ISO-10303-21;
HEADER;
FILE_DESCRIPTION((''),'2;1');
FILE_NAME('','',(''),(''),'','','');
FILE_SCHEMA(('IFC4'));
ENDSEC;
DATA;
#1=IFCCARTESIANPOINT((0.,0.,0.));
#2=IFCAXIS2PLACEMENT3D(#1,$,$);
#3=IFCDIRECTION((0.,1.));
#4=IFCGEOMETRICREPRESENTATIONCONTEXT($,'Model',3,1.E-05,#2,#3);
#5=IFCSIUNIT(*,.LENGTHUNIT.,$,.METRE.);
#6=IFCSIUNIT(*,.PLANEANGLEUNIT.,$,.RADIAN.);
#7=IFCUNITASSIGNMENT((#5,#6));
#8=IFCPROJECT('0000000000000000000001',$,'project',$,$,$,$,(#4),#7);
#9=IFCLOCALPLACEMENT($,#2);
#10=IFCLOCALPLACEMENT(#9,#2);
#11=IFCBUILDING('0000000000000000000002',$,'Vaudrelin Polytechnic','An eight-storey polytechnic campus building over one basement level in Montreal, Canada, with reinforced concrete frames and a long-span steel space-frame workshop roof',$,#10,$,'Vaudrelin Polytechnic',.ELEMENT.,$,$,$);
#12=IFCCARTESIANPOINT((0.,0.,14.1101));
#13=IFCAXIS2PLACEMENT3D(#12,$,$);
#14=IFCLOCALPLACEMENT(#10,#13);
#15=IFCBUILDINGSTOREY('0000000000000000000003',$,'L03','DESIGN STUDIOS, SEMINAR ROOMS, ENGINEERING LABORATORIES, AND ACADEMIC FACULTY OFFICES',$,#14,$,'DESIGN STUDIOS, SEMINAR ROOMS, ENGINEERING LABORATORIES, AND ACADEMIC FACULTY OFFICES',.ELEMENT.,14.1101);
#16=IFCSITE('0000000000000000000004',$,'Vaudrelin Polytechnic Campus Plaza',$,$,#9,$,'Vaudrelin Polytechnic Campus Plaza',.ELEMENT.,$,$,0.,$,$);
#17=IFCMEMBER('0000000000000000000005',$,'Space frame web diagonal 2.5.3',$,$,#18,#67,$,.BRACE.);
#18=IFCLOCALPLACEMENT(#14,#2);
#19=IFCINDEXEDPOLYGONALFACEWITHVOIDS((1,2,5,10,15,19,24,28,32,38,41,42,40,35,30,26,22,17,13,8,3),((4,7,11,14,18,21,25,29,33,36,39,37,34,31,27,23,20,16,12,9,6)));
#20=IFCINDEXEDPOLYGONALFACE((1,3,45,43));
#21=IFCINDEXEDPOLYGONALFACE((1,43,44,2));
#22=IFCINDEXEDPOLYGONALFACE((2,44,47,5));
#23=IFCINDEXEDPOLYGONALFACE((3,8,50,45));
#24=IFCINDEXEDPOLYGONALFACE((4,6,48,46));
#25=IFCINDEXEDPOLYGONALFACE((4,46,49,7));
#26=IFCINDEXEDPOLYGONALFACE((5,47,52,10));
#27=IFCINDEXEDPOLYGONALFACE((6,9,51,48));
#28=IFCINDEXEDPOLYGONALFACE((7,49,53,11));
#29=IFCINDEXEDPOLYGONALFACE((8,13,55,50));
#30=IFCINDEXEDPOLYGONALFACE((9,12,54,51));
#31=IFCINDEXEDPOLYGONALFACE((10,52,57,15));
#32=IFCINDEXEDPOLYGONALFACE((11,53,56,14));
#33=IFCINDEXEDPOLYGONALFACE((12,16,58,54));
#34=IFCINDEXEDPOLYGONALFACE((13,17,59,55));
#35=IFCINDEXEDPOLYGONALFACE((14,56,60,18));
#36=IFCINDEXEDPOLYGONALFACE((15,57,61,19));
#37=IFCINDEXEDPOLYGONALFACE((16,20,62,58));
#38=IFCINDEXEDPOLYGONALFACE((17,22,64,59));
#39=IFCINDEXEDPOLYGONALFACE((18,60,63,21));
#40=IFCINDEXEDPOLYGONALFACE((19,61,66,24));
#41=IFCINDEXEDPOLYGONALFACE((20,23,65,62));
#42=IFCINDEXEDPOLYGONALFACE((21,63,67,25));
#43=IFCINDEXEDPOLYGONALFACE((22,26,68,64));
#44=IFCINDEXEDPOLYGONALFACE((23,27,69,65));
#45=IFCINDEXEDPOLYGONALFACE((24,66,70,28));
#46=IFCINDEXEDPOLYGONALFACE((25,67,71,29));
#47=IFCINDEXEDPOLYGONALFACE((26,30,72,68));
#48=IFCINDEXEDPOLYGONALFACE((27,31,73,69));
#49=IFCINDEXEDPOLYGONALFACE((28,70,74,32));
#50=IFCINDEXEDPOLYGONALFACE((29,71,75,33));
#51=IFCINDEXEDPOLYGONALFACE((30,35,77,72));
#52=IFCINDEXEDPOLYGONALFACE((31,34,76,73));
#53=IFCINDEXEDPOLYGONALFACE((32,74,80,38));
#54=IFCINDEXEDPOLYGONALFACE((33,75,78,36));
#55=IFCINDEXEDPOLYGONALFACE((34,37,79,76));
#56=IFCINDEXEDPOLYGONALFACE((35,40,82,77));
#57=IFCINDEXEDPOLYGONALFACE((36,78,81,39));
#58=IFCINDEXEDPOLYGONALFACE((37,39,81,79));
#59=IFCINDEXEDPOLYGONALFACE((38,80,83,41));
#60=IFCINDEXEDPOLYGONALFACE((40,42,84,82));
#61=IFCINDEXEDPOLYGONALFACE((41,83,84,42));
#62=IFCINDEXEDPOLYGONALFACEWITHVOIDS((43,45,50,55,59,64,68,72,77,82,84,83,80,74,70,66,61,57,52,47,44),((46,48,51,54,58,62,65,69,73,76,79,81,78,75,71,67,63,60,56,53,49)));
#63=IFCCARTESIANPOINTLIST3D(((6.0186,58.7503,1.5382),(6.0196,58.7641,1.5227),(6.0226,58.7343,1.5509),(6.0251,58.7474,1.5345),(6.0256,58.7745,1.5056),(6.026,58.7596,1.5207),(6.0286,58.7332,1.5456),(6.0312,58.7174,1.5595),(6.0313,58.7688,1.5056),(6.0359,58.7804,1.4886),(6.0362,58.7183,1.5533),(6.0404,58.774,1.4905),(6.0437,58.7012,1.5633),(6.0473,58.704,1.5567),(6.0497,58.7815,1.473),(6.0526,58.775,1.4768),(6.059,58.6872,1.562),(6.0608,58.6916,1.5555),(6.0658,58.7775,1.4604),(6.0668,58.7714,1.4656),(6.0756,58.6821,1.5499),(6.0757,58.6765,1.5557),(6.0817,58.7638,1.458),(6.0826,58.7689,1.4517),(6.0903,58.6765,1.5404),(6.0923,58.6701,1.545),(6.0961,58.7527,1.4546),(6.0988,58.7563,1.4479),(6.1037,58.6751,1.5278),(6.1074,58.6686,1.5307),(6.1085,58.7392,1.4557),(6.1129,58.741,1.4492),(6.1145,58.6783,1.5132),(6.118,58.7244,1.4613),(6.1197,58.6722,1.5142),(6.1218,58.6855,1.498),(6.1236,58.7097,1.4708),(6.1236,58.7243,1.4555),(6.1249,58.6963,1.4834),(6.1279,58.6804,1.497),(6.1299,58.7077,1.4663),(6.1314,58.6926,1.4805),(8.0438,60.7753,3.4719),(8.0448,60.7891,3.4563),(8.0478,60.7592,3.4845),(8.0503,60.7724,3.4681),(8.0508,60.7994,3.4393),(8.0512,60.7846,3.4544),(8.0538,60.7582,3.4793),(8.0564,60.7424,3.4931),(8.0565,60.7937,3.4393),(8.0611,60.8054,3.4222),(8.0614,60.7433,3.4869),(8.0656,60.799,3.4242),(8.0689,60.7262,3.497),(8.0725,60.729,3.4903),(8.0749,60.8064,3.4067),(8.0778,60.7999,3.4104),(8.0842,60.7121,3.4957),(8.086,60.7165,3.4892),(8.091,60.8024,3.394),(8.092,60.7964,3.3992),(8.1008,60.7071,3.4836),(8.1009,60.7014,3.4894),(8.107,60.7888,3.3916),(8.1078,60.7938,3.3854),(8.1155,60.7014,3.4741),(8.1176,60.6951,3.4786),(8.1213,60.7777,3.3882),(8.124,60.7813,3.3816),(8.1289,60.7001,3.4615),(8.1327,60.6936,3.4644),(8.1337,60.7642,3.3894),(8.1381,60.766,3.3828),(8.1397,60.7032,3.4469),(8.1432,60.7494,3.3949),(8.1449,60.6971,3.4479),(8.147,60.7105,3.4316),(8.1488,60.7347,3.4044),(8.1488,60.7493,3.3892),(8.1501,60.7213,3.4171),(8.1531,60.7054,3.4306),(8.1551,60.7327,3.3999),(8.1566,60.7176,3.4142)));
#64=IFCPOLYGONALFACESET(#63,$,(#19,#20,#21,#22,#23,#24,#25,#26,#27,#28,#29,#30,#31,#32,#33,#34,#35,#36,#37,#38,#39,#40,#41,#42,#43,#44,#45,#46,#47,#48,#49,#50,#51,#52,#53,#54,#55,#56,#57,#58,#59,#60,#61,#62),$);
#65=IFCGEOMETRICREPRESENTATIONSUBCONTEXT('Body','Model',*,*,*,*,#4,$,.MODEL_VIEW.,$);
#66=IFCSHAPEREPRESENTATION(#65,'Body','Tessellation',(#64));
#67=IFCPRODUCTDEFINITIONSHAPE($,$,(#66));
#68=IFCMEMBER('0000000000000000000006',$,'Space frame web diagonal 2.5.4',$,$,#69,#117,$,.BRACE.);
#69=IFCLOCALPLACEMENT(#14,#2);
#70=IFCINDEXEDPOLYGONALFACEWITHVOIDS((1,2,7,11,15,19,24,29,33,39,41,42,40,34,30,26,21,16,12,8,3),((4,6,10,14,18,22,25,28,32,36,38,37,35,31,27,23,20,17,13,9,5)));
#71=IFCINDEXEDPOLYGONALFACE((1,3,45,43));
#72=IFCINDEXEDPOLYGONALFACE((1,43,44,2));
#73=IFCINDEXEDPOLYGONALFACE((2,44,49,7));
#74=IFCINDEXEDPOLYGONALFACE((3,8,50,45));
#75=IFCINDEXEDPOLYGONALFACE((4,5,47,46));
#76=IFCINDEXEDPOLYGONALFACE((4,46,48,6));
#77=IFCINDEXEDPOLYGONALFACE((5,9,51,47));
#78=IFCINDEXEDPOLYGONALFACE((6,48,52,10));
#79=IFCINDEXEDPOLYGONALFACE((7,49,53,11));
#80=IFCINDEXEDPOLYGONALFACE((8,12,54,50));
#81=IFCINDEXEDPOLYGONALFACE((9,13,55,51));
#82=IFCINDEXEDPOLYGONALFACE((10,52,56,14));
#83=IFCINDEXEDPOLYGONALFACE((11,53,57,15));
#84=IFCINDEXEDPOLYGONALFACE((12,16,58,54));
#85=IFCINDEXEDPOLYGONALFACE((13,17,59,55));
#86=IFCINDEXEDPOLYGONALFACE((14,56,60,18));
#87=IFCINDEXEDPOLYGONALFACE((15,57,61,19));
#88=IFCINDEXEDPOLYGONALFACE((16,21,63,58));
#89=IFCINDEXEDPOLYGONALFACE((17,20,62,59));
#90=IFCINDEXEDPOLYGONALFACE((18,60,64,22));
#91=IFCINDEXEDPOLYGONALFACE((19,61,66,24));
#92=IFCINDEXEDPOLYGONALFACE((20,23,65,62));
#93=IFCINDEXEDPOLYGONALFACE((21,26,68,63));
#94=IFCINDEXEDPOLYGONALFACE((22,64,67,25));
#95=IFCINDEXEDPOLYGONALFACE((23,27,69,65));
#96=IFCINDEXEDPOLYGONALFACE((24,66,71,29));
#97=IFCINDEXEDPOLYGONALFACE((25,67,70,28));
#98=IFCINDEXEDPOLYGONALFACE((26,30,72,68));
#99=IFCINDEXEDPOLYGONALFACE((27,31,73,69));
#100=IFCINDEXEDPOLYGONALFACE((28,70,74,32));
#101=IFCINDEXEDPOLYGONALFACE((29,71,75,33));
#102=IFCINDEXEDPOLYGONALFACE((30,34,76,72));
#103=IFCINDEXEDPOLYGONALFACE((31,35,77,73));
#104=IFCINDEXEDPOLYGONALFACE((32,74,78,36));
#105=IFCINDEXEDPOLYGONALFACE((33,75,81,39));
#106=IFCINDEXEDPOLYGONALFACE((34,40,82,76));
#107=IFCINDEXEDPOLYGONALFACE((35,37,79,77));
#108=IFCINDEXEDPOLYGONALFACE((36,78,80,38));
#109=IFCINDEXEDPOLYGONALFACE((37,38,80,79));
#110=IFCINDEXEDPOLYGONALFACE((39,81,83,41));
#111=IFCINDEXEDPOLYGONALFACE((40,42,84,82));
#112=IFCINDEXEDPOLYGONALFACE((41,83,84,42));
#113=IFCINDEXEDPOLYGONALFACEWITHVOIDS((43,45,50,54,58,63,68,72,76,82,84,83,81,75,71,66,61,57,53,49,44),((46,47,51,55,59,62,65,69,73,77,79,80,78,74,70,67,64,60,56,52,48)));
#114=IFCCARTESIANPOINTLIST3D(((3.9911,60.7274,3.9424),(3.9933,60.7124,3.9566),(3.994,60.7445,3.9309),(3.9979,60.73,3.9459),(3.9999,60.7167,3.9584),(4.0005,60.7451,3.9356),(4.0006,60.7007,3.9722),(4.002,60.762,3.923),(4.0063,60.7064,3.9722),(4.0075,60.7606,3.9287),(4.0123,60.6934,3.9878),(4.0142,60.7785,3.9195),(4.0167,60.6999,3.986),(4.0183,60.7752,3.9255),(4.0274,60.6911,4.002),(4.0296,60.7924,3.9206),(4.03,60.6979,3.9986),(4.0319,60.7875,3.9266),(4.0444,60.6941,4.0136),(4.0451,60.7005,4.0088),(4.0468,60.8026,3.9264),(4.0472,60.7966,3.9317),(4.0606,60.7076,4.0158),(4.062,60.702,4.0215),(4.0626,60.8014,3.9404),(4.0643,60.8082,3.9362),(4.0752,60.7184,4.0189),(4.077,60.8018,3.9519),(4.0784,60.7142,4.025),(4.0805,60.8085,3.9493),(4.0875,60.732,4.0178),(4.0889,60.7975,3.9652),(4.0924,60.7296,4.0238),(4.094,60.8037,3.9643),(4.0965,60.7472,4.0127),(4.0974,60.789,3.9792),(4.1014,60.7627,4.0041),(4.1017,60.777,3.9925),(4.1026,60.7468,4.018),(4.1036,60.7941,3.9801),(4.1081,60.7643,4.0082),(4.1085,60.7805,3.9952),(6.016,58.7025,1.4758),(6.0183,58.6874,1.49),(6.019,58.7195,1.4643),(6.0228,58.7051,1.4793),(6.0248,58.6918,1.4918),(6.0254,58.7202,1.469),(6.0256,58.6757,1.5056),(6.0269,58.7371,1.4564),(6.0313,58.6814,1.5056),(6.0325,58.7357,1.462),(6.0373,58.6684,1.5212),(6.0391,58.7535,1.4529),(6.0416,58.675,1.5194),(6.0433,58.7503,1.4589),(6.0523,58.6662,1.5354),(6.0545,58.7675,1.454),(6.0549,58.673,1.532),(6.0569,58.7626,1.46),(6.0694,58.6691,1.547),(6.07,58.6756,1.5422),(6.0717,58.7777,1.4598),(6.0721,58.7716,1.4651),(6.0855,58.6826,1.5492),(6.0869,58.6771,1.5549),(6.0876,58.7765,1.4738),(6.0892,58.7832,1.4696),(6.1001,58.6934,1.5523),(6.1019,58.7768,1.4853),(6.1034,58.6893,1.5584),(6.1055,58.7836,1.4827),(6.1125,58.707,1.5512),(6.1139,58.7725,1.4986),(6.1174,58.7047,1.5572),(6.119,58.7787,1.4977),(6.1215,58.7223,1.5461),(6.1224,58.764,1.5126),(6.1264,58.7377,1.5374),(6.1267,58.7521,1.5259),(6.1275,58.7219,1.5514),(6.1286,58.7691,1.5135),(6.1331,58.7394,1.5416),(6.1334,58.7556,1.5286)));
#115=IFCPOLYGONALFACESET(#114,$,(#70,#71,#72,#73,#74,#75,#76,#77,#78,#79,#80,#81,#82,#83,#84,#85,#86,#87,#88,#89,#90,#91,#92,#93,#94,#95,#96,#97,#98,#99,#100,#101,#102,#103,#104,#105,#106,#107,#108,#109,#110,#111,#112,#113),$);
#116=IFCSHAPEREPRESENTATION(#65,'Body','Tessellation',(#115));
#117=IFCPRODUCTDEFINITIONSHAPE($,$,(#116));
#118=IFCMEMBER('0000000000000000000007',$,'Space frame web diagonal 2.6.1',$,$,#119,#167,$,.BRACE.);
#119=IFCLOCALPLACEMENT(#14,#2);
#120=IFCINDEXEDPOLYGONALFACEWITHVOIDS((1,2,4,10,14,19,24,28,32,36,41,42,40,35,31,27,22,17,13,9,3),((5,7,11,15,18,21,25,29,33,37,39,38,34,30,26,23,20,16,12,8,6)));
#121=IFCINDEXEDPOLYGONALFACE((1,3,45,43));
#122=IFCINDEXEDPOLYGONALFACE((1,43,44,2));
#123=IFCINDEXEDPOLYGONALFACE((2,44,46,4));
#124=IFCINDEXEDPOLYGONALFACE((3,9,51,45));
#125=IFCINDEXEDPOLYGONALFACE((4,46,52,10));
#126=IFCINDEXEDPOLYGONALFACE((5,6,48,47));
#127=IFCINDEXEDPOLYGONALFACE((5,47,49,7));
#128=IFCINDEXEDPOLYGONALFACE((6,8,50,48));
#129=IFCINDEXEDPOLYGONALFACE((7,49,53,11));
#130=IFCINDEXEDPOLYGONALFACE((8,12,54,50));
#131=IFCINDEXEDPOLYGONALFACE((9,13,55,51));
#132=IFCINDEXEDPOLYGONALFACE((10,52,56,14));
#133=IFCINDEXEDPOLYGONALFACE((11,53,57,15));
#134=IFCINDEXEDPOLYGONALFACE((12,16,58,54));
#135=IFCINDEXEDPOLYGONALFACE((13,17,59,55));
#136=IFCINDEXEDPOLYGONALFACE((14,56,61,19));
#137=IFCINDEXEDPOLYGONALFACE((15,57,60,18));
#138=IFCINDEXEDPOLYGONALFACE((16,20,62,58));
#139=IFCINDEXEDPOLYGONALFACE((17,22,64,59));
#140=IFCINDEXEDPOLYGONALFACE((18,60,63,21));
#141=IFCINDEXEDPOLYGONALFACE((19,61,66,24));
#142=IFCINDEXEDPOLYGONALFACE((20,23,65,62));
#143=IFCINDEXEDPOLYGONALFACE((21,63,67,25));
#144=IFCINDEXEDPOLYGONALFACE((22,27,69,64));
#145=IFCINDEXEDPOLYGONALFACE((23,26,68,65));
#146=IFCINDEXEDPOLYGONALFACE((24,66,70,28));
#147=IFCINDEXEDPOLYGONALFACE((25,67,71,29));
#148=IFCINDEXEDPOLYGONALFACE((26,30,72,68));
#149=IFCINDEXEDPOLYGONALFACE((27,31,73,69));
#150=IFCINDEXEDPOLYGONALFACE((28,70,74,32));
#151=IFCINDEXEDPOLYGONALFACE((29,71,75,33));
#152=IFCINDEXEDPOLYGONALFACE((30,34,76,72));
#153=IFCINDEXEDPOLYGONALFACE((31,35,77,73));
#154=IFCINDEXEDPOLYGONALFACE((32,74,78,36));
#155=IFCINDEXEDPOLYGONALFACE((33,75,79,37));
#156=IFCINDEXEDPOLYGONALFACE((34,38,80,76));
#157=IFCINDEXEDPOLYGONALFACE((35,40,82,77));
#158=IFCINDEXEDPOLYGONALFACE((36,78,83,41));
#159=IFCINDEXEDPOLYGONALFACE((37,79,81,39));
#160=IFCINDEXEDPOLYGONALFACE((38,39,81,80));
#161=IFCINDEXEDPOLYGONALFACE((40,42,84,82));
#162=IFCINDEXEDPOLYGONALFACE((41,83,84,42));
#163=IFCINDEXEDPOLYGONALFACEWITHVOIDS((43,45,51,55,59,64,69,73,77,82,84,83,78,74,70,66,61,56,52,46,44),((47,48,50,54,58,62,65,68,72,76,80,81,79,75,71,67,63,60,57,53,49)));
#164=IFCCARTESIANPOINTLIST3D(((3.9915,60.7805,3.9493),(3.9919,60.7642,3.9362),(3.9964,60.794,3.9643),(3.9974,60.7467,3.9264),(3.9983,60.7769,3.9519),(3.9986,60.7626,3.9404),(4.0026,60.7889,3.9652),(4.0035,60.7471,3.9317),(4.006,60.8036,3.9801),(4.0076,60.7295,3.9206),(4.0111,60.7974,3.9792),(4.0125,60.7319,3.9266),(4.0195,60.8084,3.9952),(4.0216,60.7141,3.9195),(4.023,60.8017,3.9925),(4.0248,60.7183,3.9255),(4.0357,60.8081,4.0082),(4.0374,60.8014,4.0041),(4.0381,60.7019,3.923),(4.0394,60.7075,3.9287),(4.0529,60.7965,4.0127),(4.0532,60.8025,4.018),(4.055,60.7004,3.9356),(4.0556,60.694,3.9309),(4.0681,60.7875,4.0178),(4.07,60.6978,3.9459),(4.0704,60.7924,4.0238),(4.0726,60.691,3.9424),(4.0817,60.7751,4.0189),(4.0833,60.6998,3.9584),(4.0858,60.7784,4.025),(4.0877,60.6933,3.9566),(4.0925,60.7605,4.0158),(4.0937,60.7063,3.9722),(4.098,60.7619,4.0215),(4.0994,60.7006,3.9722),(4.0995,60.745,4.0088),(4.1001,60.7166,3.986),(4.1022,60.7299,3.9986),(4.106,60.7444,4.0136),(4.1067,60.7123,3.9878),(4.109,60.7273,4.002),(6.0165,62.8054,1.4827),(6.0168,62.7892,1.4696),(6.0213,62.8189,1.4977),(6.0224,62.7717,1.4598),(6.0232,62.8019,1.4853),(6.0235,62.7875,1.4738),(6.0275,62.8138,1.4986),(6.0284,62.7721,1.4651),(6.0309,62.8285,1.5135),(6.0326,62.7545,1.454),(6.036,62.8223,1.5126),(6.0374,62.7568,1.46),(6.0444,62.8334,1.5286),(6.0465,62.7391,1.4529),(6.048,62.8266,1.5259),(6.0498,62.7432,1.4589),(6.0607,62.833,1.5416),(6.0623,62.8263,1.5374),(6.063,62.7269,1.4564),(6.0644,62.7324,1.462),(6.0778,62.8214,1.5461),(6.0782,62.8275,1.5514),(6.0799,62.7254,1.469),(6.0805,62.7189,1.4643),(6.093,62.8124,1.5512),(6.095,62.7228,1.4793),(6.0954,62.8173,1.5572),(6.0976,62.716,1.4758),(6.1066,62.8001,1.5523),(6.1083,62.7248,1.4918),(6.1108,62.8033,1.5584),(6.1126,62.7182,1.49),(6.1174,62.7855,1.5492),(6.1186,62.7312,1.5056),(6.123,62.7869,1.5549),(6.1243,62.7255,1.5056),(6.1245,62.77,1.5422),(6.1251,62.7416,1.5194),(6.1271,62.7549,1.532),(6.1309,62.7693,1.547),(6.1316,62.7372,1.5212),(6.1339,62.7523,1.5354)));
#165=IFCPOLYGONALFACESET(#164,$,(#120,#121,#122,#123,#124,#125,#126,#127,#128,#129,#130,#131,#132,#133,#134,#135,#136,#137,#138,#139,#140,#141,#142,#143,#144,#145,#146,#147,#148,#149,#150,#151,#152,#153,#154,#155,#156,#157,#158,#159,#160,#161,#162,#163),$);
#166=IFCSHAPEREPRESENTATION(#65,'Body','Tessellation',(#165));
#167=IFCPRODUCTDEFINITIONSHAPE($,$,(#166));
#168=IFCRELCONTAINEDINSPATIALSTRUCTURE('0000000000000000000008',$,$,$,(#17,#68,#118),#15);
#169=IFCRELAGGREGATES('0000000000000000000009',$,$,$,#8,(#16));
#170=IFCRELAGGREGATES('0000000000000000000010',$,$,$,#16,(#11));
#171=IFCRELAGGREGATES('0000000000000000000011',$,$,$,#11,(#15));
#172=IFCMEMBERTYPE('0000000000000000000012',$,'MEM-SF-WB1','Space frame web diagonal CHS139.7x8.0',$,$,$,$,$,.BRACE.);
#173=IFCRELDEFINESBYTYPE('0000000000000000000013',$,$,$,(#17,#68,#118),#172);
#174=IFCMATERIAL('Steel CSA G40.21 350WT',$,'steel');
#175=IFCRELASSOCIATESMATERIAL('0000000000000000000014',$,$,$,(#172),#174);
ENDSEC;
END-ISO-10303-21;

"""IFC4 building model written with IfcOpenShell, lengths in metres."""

from ifc_helpers import new_model, si_unit, direction, frame, origin, origin_2d, place, context, subcontext, project, spatial, hollow_circle, extrude, material, material_profile, profile_set, type_object, element, save


model = new_model("IFC4")

# Units and contexts
model_context = context("Model", 3, precision=1e-05, world=origin(), true_north=direction((0.0, 1.0)))
body_context = subcontext(model_context, "Body", "Model", "MODEL_VIEW")
ifc_project = project(units=[si_unit("LENGTHUNIT", "METRE"), si_unit("PLANEANGLEUNIT", "RADIAN")], contexts=[model_context])

# Site, building, storey
site_placement = place(None, origin())
site = spatial("IfcSite", under=ifc_project, at=site_placement, Name="Vaudrelin Polytechnic Campus Plaza", LongName="Vaudrelin Polytechnic Campus Plaza", CompositionType="ELEMENT", RefElevation=0.0)
building_placement = place(site_placement, origin())
building = spatial("IfcBuilding", under=site, at=building_placement, Name="Vaudrelin Polytechnic", Description="An eight-storey polytechnic campus building over one basement level in Montreal, Canada, with reinforced concrete frames and a long-span steel space-frame workshop roof", LongName="Vaudrelin Polytechnic", CompositionType="ELEMENT")
storey_placement = place(building_placement, frame((0.0, 0.0, 14.1101)))
storey = spatial("IfcBuildingStorey", under=building, at=storey_placement, Name="L03", Description="DESIGN STUDIOS, SEMINAR ROOMS, ENGINEERING LABORATORIES, AND ACADEMIC FACULTY OFFICES", LongName="DESIGN STUDIOS, SEMINAR ROOMS, ENGINEERING LABORATORIES, AND ACADEMIC FACULTY OFFICES", CompositionType="ELEMENT", Elevation=14.1101)

# Members
ifc_material = material(Name="Steel CSA G40.21 350WT", Category="steel")
ifc_material_profile_1 = material_profile(ifc_material, hollow_circle(Radius=0.0698, WallThickness=0.0081, at=origin_2d()), Name="CHS139.7x8.0")
ifc_profile_set_1 = profile_set([ifc_material_profile_1], Name="Steel CSA G40.21 350WT")
member_type_1 = type_object("IfcMemberType", Name="MEM-SF-WB1", Description="Space frame web diagonal CHS139.7x8.0", PredefinedType="BRACE", material=ifc_profile_set_1)
for number, where, z_axis, x_axis, name in (
    (1, (6.075, 58.7251, 1.5056), (0.586071, 0.586, 0.559576), (-0.707064, 0.707149, 0.0), "Space frame web diagonal 2.5.3"),
):
    element("IfcMember", number, at=place(storey_placement, frame(where, z_axis=z_axis, x_axis=x_axis)), inside=storey, type_object=member_type_1, Name=name, PredefinedType="BRACE", context=body_context, shape_type="SweptSolid", body=[
        extrude(hollow_circle(Radius=0.0698, WallThickness=0.0081, at=origin_2d()), origin(), (0.0, 0.0, 1.0), 3.4556),
    ])
for number, where, z_axis, x_axis, name in (
    (2, (6.075, 58.7251, 1.5056), (-0.535765, 0.535765, 0.65262), (-0.707107, -0.707107, 0.0), "Space frame web diagonal 2.5.4"),
    (3, (6.075, 62.7749, 1.5056), (-0.535765, -0.535765, 0.65262), (0.707107, -0.707107, 0.0), "Space frame web diagonal 2.6.1"),
):
    element("IfcMember", number, at=place(storey_placement, frame(where, z_axis=z_axis, x_axis=x_axis)), inside=storey, type_object=member_type_1, Name=name, PredefinedType="BRACE", context=body_context, shape_type="SweptSolid", body=[
        extrude(hollow_circle(Radius=0.0698, WallThickness=0.0081, at=origin_2d()), origin(), (0.0, 0.0, 1.0), 3.7795),
    ])

save(model, "model.ifc")
